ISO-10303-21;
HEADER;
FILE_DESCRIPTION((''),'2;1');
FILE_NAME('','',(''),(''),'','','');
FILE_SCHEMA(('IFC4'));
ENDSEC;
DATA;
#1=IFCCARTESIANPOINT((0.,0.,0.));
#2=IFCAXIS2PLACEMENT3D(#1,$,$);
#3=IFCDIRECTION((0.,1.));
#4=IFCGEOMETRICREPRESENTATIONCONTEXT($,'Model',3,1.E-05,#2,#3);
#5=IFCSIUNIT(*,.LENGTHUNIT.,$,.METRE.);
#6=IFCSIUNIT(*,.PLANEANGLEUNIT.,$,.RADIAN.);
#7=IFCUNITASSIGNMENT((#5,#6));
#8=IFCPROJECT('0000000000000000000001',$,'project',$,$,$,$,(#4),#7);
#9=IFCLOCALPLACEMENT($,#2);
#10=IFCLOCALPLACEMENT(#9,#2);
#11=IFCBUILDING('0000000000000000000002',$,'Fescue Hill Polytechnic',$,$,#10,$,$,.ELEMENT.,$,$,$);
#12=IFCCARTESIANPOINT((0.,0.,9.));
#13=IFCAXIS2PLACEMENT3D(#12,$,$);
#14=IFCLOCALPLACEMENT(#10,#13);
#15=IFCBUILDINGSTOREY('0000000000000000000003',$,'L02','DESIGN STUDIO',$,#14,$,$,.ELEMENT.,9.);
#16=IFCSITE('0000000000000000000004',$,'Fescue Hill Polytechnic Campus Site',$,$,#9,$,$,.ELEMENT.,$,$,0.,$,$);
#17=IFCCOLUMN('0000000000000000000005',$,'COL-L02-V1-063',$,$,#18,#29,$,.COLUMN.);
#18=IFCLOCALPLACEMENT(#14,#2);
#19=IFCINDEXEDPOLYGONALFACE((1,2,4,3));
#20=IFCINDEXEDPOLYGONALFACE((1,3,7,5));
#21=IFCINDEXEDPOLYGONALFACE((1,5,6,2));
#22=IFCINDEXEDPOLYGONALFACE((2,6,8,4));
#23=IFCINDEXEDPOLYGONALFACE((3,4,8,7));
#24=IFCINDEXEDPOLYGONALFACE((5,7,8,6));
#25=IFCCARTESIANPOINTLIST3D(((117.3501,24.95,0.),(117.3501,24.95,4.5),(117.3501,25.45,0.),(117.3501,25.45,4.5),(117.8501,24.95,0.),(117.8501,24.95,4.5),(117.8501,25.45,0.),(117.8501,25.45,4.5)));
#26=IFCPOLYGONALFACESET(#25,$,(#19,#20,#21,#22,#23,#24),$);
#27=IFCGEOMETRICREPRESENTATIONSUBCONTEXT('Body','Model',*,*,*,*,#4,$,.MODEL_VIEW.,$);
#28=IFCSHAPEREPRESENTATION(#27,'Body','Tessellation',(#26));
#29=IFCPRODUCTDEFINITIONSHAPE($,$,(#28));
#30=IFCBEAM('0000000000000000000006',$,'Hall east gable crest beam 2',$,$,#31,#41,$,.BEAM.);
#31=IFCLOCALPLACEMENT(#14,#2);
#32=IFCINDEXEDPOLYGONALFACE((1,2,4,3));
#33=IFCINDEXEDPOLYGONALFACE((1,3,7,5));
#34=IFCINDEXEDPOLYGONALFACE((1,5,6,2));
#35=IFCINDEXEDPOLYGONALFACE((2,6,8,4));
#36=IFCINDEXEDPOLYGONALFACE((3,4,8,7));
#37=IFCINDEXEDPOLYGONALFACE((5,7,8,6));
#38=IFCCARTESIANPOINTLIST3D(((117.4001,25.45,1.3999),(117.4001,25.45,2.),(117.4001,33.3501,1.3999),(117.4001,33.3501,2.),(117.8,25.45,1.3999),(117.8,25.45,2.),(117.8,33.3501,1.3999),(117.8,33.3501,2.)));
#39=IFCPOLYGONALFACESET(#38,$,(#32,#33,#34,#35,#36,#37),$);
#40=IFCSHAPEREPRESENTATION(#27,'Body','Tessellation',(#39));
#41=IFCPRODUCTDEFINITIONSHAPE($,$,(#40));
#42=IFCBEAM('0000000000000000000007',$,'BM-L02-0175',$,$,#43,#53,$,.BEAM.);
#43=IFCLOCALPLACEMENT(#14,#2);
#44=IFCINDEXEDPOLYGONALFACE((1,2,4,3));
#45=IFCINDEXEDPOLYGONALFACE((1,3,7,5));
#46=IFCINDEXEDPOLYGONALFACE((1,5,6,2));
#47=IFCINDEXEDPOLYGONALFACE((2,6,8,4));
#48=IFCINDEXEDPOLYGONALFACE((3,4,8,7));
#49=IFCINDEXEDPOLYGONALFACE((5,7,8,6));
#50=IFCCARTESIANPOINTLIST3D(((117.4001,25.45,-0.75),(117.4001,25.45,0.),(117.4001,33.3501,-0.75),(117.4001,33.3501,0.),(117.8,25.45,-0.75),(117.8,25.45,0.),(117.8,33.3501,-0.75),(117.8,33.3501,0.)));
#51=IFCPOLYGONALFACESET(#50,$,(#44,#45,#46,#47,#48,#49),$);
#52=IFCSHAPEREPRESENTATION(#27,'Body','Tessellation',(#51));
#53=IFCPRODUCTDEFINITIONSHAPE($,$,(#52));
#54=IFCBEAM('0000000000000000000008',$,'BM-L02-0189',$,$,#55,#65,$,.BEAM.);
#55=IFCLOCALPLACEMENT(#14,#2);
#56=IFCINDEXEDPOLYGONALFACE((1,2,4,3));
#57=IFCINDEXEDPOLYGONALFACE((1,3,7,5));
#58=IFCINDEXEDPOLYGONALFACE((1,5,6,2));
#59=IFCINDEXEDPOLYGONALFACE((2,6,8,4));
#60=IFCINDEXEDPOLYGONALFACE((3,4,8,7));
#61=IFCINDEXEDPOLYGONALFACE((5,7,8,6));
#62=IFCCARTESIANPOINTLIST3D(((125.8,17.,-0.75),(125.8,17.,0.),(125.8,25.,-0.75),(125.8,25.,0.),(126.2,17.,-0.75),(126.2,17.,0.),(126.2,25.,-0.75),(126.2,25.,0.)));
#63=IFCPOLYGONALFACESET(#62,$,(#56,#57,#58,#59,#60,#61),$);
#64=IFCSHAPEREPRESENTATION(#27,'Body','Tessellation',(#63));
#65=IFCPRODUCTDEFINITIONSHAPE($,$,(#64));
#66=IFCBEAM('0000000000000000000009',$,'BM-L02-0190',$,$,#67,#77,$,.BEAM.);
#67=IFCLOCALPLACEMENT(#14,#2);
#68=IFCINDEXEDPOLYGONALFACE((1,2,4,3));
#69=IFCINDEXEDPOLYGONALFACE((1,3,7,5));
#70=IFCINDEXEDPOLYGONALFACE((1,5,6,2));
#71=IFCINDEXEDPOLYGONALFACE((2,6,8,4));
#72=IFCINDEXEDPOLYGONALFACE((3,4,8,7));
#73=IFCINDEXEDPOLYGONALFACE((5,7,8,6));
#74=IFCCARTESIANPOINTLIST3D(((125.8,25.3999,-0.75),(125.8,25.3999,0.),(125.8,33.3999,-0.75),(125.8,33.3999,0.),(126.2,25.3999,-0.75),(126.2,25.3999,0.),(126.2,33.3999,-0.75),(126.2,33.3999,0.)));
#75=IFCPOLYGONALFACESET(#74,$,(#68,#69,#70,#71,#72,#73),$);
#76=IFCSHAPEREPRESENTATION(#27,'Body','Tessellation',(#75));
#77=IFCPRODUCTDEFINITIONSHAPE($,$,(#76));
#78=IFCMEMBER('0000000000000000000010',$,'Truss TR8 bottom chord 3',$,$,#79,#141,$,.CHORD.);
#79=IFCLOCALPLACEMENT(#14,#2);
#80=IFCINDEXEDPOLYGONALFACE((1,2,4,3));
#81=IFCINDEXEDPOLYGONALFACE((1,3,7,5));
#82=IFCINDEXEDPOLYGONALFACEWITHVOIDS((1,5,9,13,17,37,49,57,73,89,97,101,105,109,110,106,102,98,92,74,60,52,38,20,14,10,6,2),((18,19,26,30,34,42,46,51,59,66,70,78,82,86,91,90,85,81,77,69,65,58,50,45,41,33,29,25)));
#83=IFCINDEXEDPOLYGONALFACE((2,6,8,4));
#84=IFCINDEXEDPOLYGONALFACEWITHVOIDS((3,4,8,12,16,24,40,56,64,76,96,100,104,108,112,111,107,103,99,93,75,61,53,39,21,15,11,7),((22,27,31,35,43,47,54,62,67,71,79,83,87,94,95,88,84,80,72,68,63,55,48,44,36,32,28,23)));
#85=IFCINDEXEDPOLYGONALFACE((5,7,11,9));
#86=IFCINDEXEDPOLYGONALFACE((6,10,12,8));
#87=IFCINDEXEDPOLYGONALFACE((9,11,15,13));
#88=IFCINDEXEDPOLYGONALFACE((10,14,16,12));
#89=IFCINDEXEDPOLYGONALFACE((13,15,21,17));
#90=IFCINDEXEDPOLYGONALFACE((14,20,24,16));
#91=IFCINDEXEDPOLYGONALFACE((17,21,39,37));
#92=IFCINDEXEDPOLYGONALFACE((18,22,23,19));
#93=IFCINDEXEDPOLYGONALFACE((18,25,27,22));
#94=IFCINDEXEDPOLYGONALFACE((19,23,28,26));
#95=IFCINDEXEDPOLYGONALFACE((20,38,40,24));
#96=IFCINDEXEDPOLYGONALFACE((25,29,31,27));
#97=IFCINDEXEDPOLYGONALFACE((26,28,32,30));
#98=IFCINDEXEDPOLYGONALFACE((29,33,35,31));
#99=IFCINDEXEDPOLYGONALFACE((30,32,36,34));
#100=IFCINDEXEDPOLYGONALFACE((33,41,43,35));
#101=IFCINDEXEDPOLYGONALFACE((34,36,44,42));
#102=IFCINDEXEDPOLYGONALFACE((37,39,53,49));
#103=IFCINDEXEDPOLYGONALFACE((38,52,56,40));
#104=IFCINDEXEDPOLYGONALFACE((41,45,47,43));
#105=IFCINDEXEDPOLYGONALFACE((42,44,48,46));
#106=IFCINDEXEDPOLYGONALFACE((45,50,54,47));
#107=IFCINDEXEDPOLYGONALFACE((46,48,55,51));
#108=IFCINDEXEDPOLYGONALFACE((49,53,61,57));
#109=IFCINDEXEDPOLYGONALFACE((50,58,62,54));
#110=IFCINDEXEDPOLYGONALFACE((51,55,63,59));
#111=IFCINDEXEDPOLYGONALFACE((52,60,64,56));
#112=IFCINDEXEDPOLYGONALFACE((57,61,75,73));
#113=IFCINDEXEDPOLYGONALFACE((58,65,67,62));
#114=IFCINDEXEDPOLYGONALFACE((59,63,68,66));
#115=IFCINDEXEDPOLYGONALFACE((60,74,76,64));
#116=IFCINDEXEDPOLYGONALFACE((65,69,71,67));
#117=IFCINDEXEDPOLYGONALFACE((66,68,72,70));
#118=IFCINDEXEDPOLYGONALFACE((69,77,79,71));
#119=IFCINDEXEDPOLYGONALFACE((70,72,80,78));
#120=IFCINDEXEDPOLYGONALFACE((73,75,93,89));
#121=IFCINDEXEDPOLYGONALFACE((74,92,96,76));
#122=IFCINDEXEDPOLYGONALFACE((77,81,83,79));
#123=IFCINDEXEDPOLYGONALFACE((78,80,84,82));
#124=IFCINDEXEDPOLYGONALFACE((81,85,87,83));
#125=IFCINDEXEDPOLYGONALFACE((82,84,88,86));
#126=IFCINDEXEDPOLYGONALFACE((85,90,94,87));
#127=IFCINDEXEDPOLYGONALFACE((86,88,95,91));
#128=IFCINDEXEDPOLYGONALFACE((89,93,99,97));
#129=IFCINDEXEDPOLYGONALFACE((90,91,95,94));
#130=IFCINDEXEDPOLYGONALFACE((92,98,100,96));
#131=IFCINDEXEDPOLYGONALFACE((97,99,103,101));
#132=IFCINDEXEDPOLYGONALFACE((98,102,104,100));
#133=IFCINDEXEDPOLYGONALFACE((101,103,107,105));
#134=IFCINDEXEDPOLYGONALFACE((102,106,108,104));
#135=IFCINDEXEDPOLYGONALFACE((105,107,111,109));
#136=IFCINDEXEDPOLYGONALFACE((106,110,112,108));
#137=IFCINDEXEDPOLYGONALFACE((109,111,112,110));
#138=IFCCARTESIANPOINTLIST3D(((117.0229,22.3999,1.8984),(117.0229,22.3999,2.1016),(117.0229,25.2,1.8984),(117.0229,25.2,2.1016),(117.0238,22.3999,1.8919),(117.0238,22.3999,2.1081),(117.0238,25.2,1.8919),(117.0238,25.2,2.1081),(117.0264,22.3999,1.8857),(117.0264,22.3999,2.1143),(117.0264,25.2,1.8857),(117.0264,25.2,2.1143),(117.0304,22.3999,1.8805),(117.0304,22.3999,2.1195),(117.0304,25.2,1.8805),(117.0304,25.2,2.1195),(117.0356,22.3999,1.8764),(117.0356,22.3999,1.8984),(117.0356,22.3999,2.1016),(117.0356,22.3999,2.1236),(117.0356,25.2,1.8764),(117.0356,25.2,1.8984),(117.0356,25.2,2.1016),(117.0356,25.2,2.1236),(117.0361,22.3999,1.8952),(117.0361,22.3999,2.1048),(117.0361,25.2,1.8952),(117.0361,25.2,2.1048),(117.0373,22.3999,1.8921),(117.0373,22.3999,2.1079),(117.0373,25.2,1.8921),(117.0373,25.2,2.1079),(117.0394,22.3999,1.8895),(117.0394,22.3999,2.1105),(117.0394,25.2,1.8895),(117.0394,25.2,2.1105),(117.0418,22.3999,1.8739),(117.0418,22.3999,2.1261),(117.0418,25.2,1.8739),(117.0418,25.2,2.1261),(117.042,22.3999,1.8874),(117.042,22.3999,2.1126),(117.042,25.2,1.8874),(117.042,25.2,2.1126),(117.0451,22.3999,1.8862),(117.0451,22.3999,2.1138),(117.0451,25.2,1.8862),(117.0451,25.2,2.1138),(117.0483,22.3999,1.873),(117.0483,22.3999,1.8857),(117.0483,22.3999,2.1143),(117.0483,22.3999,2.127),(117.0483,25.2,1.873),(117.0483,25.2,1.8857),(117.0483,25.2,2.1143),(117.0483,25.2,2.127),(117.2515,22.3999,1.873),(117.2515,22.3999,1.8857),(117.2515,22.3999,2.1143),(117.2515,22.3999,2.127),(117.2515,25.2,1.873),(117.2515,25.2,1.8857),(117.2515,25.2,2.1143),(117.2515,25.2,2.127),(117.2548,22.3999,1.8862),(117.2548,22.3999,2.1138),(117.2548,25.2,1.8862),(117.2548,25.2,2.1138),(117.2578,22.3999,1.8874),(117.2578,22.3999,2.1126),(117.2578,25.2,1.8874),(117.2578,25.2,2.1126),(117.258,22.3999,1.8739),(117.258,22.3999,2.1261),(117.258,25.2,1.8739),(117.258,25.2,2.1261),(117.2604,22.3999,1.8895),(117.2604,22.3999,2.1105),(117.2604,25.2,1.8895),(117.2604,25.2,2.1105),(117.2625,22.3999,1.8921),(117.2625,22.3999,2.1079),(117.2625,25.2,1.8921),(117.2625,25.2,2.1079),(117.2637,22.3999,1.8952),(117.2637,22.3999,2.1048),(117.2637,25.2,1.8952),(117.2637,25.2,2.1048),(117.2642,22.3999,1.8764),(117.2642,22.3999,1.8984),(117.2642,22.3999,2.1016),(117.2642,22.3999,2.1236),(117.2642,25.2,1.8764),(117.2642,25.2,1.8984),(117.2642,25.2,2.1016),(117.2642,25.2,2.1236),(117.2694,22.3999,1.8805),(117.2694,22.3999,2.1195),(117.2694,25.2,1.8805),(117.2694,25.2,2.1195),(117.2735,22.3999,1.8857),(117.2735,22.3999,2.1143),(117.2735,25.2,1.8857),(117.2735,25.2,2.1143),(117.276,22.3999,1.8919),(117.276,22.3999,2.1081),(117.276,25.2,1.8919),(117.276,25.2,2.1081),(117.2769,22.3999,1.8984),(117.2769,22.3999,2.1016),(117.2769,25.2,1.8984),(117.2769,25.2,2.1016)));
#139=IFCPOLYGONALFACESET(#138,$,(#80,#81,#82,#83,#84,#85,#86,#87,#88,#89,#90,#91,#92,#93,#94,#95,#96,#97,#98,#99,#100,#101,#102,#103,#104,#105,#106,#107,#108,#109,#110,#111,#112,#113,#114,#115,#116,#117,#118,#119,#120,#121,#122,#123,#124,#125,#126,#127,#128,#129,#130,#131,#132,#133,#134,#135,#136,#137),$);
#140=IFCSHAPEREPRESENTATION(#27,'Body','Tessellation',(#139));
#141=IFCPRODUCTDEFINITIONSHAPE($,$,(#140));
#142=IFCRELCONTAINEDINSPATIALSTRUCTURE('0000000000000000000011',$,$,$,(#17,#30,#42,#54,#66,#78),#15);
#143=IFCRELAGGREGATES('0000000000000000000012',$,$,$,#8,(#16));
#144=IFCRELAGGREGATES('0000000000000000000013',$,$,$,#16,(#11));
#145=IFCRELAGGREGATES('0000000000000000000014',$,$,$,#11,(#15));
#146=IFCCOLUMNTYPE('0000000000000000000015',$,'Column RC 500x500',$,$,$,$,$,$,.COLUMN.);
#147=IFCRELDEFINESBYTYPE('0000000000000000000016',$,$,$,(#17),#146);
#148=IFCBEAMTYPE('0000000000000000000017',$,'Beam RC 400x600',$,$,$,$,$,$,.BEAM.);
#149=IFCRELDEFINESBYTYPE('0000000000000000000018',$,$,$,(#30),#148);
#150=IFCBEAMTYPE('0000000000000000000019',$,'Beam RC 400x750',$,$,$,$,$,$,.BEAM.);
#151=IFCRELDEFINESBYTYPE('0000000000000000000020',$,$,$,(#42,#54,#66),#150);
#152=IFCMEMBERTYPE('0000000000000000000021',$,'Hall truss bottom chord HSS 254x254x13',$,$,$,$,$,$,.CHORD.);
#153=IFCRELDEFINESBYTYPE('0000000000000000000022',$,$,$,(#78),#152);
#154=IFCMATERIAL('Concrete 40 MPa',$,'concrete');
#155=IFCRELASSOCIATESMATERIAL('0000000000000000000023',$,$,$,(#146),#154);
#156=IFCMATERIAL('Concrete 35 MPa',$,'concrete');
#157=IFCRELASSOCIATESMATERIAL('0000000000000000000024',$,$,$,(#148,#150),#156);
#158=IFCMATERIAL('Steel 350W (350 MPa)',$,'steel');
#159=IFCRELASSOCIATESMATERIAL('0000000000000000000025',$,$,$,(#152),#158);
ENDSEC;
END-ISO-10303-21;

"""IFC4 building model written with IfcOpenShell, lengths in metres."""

from ifc_helpers import new_model, si_unit, direction, frame, origin, origin_2d, place, context, subcontext, project, spatial, rectangle, hollow_rectangle, extrude, material, material_profile, profile_set, type_object, element, save


model = new_model("IFC4")

# Units and contexts
model_context = context("Model", 3, precision=1e-05, world=origin(), true_north=direction((0.0, 1.0)))
body_context = subcontext(model_context, "Body", "Model", "MODEL_VIEW")
ifc_project = project(units=[si_unit("LENGTHUNIT", "METRE"), si_unit("PLANEANGLEUNIT", "RADIAN")], contexts=[model_context])

# Site, building, storey
site_placement = place(None, origin())
site = spatial("IfcSite", under=ifc_project, at=site_placement, Name="Fescue Hill Polytechnic Campus Site", CompositionType="ELEMENT", RefElevation=0.0)
building_placement = place(site_placement, origin())
building = spatial("IfcBuilding", under=site, at=building_placement, Name="Fescue Hill Polytechnic", CompositionType="ELEMENT")
storey_placement = place(building_placement, frame((0.0, 0.0, 9.0)))
storey = spatial("IfcBuildingStorey", under=building, at=storey_placement, Name="L02", Description="DESIGN STUDIO", CompositionType="ELEMENT", Elevation=9.0)

# Column
ifc_material_1 = material(Name="Concrete 40 MPa", Category="concrete")
ifc_material_profile_1 = material_profile(ifc_material_1, rectangle(XDim=0.5, YDim=0.5, at=origin_2d()), Name="RC 500x500")
ifc_profile_set_1 = profile_set([ifc_material_profile_1], Name="Concrete 40 MPa")
column_type = type_object("IfcColumnType", Name="Column RC 500x500", PredefinedType="COLUMN", material=ifc_profile_set_1)
column_placement = place(storey_placement, frame((117.6001, 25.2, 0.0), z_axis=(0.0, 0.0, 1.0), x_axis=(1.0, 0.0, 0.0)))
element("IfcColumn", 1, at=column_placement, inside=storey, type_object=column_type, Name="COL-L02-V1-063", PredefinedType="COLUMN", context=body_context, shape_type="SweptSolid", body=[
    extrude(rectangle(XDim=0.5, YDim=0.5, at=origin_2d()), origin(), (0.0, 0.0, 1.0), 4.5),
])

# Beams
ifc_material_2 = material(Name="Concrete 35 MPa", Category="concrete")
ifc_material_profile_2 = material_profile(ifc_material_2, rectangle(XDim=0.3999, YDim=0.6001, at=origin_2d()), Name="RC 400x600")
ifc_profile_set_2 = profile_set([ifc_material_profile_2], Name="Concrete 35 MPa")
beam_type_1 = type_object("IfcBeamType", Name="Beam RC 400x600", PredefinedType="BEAM", material=ifc_profile_set_2)
beam_1_placement = place(storey_placement, frame((117.6001, 25.45, 1.7), z_axis=(0.0, 1.0, 0.0), x_axis=(-1.0, 0.0, 0.0)))
element("IfcBeam", 2, at=beam_1_placement, inside=storey, type_object=beam_type_1, Name="Hall east gable crest beam 2", PredefinedType="BEAM", context=body_context, shape_type="SweptSolid", body=[
    extrude(rectangle(XDim=0.3999, YDim=0.6001, at=origin_2d()), origin(), (0.0, 0.0, 1.0), 7.9001),
])
ifc_material_profile_3 = material_profile(ifc_material_2, rectangle(XDim=0.3999, YDim=0.75, at=origin_2d()), Name="RC 400x750")
ifc_profile_set_3 = profile_set([ifc_material_profile_3], Name="Concrete 35 MPa")
beam_type_2 = type_object("IfcBeamType", Name="Beam RC 400x750", PredefinedType="BEAM", material=ifc_profile_set_3)
beam_2_placement = place(storey_placement, frame((117.6001, 25.45, -0.375), z_axis=(0.0, 1.0, 0.0), x_axis=(-1.0, 0.0, 0.0)))
element("IfcBeam", 3, at=beam_2_placement, inside=storey, type_object=beam_type_2, Name="BM-L02-0175", PredefinedType="BEAM", context=body_context, shape_type="SweptSolid", body=[
    extrude(rectangle(XDim=0.3999, YDim=0.75, at=origin_2d()), origin(), (0.0, 0.0, 1.0), 7.9001),
])
for number, where, z_axis, x_axis, name in (
    (4, (126.0, 25.0, -0.375), (0.0, -1.0, 0.0), (1.0, 0.0, 0.0), "BM-L02-0189"),
    (5, (126.0, 33.3999, -0.375), (0.0, -1.0, 0.0), (1.0, 0.0, 0.0), "BM-L02-0190"),
):
    element("IfcBeam", number, at=place(storey_placement, frame(where, z_axis=z_axis, x_axis=x_axis)), inside=storey, type_object=beam_type_2, Name=name, PredefinedType="BEAM", context=body_context, shape_type="SweptSolid", body=[
        extrude(rectangle(XDim=0.3999, YDim=0.75, at=origin_2d()), origin(), (0.0, 0.0, 1.0), 8.0),
    ])

# Member
ifc_material_3 = material(Name="Steel 350W (350 MPa)", Category="steel")
ifc_material_profile_4 = material_profile(ifc_material_3, hollow_rectangle(XDim=0.2539, YDim=0.2539, WallThickness=0.0127, InnerFilletRadius=0.0127, OuterFilletRadius=0.0254, at=origin_2d()), Name="Hall truss bottom chord HSS 254x254x13")
ifc_profile_set_4 = profile_set([ifc_material_profile_4], Name="Steel 350W (350 MPa)")
member_type_1 = type_object("IfcMemberType", Name="Hall truss bottom chord HSS 254x254x13", PredefinedType="CHORD", material=ifc_profile_set_4)
for number, where, z_axis, x_axis, name in (
    (6, (117.1499, 22.3999, 2.0), (0.0, 1.0, 0.0), (-1.0, 0.0, 0.0), "Truss TR8 bottom chord 3"),
):
    element("IfcMember", number, at=place(storey_placement, frame(where, z_axis=z_axis, x_axis=x_axis)), inside=storey, type_object=member_type_1, Name=name, PredefinedType="CHORD", context=body_context, shape_type="SweptSolid", body=[
        extrude(hollow_rectangle(XDim=0.2539, YDim=0.2539, WallThickness=0.0127, InnerFilletRadius=0.0127, OuterFilletRadius=0.0254, at=origin_2d()), origin(), (0.0, 0.0, 1.0), 2.8),
    ])

save(model, "model.ifc")
